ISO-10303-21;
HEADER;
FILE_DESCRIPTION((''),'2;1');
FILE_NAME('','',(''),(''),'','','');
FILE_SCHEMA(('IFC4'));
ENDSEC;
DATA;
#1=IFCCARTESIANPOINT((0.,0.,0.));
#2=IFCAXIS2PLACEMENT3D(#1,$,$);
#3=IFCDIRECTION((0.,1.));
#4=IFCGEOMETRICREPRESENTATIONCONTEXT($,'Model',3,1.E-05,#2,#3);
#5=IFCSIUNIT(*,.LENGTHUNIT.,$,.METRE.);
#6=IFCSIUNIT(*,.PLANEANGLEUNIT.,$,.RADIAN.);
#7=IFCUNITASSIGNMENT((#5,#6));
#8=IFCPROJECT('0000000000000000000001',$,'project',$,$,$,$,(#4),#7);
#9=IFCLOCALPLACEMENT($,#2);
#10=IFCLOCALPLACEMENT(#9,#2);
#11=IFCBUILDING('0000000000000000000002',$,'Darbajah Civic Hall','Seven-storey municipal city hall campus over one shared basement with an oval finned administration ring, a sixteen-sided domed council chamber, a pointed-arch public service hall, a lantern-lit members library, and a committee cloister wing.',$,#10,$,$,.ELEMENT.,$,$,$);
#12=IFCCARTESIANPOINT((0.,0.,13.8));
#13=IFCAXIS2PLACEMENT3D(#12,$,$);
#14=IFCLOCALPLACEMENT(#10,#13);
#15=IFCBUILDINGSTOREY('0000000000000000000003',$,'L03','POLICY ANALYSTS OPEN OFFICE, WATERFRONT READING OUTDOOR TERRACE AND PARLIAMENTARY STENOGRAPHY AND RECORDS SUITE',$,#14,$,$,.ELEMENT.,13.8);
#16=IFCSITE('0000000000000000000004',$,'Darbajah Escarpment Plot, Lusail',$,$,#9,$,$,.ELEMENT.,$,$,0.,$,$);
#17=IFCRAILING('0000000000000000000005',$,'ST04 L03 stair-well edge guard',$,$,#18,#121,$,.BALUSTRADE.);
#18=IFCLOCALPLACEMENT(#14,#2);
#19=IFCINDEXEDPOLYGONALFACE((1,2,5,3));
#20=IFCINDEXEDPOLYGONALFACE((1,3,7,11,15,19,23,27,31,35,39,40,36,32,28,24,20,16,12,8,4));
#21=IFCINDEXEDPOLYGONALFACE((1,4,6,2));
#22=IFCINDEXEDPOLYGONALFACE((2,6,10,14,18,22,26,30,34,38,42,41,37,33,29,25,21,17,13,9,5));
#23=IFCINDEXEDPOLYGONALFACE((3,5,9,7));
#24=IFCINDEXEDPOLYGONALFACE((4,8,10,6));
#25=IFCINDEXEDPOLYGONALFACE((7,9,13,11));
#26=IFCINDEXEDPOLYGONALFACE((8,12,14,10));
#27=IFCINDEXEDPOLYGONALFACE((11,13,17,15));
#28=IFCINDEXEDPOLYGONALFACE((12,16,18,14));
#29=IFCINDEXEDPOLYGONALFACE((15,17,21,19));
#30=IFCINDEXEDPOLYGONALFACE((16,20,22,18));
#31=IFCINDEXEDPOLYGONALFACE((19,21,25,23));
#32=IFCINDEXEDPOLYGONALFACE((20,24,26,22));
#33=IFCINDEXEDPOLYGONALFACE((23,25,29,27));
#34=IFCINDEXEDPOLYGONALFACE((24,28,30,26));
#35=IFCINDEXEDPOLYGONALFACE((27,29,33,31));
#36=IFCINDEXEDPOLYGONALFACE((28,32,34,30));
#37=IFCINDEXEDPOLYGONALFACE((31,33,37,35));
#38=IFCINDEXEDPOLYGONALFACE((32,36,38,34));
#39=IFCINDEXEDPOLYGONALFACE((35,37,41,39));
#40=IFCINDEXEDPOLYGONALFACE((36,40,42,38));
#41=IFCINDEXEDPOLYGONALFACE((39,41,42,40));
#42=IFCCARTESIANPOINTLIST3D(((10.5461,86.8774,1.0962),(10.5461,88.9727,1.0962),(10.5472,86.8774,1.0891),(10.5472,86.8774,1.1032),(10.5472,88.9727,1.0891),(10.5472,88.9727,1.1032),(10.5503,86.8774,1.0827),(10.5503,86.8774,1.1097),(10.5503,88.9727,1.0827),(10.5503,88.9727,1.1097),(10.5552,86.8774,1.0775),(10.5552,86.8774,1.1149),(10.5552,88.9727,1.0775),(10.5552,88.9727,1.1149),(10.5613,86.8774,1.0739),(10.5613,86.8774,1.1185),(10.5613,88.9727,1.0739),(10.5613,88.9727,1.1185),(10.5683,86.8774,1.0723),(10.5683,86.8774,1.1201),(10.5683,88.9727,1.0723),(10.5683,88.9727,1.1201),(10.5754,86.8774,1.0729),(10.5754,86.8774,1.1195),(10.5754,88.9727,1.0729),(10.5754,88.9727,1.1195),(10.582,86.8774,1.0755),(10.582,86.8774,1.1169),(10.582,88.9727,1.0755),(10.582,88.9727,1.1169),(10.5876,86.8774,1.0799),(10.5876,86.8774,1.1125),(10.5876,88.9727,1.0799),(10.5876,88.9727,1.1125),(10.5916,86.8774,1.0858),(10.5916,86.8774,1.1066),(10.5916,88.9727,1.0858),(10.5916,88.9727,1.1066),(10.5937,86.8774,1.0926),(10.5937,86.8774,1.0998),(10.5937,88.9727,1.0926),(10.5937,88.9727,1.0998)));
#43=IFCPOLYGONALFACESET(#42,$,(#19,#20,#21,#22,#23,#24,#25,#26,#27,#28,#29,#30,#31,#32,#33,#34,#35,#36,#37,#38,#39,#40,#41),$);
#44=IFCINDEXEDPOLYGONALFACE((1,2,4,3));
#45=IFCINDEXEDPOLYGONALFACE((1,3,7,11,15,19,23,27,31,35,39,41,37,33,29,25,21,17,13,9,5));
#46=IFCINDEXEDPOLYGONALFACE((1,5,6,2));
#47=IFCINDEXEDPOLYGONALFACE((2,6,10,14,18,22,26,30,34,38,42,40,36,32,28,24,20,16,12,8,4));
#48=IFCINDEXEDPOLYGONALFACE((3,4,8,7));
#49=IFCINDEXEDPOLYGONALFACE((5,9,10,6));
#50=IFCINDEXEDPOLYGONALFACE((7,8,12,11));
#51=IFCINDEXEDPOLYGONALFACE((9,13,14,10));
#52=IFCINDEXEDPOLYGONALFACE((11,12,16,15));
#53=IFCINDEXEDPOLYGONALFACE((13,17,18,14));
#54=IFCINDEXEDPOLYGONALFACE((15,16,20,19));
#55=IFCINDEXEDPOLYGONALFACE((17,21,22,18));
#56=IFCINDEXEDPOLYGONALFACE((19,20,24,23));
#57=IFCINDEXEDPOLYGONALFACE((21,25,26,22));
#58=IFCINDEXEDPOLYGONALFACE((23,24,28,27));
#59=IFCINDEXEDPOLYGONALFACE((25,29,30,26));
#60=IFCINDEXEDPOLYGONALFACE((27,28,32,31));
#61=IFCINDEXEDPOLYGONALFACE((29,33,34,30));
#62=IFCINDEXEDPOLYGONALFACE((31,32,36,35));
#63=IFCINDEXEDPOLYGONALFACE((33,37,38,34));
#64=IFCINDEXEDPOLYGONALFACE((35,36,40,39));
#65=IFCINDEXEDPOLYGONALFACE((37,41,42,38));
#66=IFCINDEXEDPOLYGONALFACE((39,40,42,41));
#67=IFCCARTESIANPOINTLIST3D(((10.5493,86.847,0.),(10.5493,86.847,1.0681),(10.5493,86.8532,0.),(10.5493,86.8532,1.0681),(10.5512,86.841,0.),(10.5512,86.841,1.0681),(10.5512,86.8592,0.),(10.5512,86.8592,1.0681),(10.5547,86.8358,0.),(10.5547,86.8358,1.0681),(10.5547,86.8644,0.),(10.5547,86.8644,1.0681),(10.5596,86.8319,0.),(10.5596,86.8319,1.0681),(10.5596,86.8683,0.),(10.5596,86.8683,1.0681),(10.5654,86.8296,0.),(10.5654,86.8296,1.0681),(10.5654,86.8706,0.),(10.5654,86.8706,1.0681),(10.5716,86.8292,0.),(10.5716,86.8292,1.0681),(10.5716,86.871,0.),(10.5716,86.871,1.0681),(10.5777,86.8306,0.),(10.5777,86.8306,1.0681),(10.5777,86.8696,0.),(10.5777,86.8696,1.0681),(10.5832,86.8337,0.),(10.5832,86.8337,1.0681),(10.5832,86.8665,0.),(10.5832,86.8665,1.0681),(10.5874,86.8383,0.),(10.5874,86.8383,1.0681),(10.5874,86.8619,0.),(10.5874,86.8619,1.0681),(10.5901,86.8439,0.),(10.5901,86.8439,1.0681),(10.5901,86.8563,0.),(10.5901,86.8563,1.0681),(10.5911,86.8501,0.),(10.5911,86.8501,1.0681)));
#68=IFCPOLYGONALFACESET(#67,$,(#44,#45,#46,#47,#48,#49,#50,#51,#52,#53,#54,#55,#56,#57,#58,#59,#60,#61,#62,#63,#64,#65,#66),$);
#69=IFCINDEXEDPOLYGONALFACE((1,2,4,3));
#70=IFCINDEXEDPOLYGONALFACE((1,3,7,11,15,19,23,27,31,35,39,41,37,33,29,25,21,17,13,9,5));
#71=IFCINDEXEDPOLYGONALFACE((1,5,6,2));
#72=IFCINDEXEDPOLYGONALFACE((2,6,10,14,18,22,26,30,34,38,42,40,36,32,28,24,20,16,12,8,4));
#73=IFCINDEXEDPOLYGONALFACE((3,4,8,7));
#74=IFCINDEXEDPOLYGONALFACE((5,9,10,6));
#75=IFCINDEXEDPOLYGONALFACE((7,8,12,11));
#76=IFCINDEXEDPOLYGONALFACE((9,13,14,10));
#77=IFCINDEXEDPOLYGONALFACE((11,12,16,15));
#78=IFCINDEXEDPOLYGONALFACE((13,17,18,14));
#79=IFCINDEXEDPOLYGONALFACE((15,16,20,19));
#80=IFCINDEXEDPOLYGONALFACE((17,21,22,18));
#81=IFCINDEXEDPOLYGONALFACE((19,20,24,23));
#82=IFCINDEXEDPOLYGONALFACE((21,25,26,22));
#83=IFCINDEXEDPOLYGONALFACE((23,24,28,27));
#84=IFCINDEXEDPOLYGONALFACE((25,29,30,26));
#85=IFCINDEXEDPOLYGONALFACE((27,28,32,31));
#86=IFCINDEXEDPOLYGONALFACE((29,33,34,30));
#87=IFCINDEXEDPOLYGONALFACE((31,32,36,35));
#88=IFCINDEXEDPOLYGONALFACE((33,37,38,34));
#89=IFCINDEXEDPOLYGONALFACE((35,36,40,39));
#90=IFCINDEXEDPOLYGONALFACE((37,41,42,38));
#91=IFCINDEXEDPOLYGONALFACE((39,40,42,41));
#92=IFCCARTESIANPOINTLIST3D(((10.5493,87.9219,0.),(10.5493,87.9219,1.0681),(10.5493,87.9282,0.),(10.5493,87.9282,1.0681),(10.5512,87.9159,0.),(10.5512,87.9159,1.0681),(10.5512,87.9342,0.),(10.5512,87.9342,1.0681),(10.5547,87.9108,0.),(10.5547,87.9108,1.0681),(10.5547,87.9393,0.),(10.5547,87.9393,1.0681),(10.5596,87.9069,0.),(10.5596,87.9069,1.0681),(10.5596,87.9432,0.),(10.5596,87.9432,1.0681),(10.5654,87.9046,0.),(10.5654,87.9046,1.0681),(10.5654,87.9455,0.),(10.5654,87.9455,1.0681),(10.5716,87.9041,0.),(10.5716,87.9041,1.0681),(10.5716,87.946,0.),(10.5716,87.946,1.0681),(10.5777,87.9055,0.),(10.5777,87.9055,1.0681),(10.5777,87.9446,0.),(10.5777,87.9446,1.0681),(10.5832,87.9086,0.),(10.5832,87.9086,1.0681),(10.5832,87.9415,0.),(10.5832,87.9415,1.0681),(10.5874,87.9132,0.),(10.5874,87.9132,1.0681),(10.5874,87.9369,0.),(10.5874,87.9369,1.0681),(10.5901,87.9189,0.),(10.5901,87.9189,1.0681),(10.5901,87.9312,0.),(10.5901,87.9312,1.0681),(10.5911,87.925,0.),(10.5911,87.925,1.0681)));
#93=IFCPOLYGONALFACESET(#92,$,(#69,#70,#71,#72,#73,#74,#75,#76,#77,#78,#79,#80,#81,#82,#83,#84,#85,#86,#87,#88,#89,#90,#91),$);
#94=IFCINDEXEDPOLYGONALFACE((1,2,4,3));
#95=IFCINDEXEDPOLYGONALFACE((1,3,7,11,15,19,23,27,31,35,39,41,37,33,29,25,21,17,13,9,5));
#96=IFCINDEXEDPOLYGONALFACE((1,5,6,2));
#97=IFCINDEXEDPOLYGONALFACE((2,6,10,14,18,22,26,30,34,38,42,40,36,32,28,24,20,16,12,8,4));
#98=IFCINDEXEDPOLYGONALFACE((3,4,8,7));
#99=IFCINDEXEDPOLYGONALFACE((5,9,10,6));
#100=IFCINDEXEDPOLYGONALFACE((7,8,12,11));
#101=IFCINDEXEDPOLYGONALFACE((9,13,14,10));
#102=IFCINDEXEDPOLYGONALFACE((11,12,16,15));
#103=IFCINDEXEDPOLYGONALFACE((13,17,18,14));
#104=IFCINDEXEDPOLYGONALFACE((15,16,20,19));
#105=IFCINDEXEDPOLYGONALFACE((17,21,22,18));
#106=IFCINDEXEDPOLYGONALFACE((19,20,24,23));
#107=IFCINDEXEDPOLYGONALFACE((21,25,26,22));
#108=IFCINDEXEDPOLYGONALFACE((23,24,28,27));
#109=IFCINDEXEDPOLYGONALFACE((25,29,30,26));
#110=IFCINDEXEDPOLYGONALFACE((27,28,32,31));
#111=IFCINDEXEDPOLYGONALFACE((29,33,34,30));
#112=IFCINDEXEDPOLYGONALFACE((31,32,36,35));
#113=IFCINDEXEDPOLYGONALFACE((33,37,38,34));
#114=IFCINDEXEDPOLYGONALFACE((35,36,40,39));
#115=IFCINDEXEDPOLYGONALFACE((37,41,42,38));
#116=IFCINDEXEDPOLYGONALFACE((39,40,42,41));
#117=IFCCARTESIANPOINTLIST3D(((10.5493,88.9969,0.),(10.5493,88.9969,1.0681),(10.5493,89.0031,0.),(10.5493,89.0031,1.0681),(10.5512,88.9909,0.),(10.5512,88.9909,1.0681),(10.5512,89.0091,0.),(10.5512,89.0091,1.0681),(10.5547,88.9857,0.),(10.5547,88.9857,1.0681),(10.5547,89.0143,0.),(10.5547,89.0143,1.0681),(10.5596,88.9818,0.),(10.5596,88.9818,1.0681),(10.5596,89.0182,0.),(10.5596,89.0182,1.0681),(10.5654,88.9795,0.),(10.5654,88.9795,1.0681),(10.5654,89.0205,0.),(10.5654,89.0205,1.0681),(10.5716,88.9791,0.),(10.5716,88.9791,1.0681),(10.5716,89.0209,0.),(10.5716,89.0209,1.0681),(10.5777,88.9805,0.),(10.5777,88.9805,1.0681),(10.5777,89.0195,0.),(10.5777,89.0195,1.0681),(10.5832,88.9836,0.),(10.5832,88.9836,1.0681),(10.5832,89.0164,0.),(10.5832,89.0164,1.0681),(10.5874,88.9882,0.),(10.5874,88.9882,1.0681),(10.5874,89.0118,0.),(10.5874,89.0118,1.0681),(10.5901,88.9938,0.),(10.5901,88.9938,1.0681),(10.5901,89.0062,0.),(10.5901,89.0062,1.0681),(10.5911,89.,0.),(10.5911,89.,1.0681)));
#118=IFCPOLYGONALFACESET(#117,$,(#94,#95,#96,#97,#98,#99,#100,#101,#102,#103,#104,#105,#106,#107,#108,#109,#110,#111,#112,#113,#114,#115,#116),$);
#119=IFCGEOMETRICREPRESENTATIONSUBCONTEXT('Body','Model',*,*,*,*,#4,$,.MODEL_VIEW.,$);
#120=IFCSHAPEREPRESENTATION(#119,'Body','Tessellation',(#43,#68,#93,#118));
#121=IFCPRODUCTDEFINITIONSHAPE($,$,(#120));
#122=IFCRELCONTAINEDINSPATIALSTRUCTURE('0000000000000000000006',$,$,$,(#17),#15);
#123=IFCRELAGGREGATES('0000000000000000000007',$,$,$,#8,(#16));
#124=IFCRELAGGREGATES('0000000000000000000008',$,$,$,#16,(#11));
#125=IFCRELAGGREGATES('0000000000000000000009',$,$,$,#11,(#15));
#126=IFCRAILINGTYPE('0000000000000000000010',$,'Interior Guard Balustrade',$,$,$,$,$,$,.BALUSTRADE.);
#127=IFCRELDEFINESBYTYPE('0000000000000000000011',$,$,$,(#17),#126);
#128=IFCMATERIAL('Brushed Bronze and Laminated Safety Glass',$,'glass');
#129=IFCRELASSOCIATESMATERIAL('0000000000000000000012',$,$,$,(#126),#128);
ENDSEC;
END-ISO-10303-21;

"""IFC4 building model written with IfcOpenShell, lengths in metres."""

from ifc_helpers import new_model, si_unit, direction, frame, origin, origin_2d, place, context, subcontext, project, spatial, circle, extrude, material, type_object, element, save


model = new_model("IFC4")

# Units and contexts
model_context = context("Model", 3, precision=1e-05, world=origin(), true_north=direction((0.0, 1.0)))
body_context = subcontext(model_context, "Body", "Model", "MODEL_VIEW")
ifc_project = project(units=[si_unit("LENGTHUNIT", "METRE"), si_unit("PLANEANGLEUNIT", "RADIAN")], contexts=[model_context])

# Site, building, storey
site_placement = place(None, origin())
site = spatial("IfcSite", under=ifc_project, at=site_placement, Name="Darbajah Escarpment Plot, Lusail", CompositionType="ELEMENT", RefElevation=0.0)
building_placement = place(site_placement, origin())
building = spatial("IfcBuilding", under=site, at=building_placement, Name="Darbajah Civic Hall", Description="Seven-storey municipal city hall campus over one shared basement with an oval finned administration ring, a sixteen-sided domed council chamber, a pointed-arch public service hall, a lantern-lit members library, and a committee cloister wing.", CompositionType="ELEMENT")
storey_placement = place(building_placement, frame((0.0, 0.0, 13.8)))
storey = spatial("IfcBuildingStorey", under=building, at=storey_placement, Name="L03", Description="POLICY ANALYSTS OPEN OFFICE, WATERFRONT READING OUTDOOR TERRACE AND PARLIAMENTARY STENOGRAPHY AND RECORDS SUITE", CompositionType="ELEMENT", Elevation=13.8)

# Railing
ifc_material_1 = material(Name="Brushed Bronze and Laminated Safety Glass", Category="glass")
railing_type = type_object("IfcRailingType", Name="Interior Guard Balustrade", PredefinedType="BALUSTRADE", material=ifc_material_1)
railing_1_placement = place(storey_placement, frame((10.5701, 86.8501, 0.0)))
element("IfcRailing", 1, at=railing_1_placement, inside=storey, type_object=railing_type, Name="ST04 L03 stair-well edge guard", PredefinedType="BALUSTRADE", context=body_context, shape_type="SweptSolid", body=[
    extrude(circle(Radius=0.0239, at=origin_2d()), frame((0.0, 0.0273, 1.0962), z_axis=(0.0, 1.0, 0.0), x_axis=(-1.0, 0.0, 0.0)), (0.0, 0.0, 1.0), 2.0952),
    extrude(circle(Radius=0.021, at=origin_2d()), origin(), (0.0, 0.0, 1.0), 1.0681),
    extrude(circle(Radius=0.021, at=origin_2d()), frame((0.0, 1.075, 0.0)), (0.0, 0.0, 1.0), 1.0681),
    extrude(circle(Radius=0.021, at=origin_2d()), frame((0.0, 2.1499, 0.0)), (0.0, 0.0, 1.0), 1.0681),
])

save(model, "model.ifc")
